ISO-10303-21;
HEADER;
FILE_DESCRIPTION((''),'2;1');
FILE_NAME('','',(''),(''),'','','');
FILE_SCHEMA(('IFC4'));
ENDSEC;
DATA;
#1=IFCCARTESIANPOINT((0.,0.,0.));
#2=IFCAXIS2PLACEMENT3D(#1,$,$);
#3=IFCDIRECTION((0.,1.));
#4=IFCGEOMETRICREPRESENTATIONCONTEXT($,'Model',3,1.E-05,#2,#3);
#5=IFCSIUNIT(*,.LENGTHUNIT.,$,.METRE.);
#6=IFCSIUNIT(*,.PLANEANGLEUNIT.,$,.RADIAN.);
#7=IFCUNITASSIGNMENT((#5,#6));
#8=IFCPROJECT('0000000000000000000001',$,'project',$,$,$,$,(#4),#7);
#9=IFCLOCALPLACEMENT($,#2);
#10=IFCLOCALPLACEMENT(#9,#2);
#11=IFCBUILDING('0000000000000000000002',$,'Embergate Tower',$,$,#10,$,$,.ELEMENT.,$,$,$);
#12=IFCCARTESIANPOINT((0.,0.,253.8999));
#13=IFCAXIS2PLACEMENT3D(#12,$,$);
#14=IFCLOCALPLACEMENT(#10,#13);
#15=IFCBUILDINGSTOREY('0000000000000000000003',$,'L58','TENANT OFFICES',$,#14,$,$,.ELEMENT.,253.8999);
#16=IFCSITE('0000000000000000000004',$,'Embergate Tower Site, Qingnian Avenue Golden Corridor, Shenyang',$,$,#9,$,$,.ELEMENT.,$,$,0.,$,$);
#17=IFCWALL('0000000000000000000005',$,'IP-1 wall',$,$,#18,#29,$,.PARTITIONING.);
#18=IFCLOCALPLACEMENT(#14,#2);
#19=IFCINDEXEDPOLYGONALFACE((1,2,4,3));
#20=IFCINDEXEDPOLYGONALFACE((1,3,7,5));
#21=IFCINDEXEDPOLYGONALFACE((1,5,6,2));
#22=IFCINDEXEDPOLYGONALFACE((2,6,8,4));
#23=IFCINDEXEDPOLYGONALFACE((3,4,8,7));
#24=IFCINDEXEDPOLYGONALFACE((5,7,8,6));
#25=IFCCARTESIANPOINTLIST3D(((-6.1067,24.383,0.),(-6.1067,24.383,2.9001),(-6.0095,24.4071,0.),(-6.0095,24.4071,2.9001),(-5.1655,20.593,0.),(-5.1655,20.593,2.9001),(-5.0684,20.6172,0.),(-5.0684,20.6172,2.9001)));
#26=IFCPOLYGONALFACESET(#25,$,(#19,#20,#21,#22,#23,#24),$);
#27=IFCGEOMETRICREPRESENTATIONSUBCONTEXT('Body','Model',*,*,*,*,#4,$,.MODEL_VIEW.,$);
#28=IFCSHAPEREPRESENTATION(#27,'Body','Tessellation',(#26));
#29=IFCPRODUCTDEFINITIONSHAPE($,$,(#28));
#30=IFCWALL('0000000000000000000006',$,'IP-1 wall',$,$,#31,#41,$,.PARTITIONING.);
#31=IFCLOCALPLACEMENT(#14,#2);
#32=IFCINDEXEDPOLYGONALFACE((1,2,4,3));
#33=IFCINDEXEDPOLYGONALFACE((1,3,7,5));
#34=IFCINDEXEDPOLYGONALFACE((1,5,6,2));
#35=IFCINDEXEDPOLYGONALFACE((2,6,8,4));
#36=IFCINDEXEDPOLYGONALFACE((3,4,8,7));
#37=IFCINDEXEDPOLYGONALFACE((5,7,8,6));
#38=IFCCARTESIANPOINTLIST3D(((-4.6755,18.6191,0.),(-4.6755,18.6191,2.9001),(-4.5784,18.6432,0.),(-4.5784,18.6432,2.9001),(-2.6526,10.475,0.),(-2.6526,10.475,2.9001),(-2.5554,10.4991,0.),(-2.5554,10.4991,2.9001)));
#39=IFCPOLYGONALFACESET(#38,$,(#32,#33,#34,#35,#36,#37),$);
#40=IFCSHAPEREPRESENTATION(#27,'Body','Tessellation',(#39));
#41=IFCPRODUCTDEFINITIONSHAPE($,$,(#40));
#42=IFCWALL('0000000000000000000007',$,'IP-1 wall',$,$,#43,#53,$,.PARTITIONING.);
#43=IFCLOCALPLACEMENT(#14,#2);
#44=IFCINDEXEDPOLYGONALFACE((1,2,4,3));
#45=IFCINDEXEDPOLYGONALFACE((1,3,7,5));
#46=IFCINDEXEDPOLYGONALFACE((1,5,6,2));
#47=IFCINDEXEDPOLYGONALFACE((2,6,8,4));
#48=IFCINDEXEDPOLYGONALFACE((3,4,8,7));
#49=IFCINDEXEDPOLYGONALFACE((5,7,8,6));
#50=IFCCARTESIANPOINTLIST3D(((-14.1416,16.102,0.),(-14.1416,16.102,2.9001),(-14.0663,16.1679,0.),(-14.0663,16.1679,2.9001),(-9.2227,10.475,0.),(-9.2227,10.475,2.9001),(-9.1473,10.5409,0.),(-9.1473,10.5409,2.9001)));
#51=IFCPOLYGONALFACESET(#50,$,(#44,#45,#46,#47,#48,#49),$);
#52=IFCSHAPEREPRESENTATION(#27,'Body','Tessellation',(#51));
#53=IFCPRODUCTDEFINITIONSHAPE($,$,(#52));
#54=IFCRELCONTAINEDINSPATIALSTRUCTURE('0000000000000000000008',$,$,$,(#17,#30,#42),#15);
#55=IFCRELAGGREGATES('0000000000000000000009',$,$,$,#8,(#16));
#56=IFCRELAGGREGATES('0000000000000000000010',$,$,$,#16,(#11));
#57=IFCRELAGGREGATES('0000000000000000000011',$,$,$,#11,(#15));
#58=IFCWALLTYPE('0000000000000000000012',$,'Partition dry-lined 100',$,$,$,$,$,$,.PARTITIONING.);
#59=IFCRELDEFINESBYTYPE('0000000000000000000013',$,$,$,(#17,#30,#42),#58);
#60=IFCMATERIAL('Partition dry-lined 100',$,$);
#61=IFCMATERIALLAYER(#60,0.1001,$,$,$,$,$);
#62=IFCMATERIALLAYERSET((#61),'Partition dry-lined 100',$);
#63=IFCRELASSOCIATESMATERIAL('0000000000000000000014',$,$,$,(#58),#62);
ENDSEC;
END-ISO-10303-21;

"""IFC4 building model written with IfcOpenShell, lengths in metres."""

from ifc_helpers import new_model, si_unit, direction, frame, frame_2d, origin, place, context, subcontext, project, spatial, rectangle, extrude, source, transform, mapped, material, layer, layer_set, type_object, element, save


model = new_model("IFC4")

# Units and contexts
model_context = context("Model", 3, precision=1e-05, world=origin(), true_north=direction((0.0, 1.0)))
body_context = subcontext(model_context, "Body", "Model", "MODEL_VIEW")
ifc_project = project(units=[si_unit("LENGTHUNIT", "METRE"), si_unit("PLANEANGLEUNIT", "RADIAN")], contexts=[model_context])

# Site, building, storey
site_placement = place(None, origin())
site = spatial("IfcSite", under=ifc_project, at=site_placement, Name="Embergate Tower Site, Qingnian Avenue Golden Corridor, Shenyang", CompositionType="ELEMENT", RefElevation=0.0)
building_placement = place(site_placement, origin())
building = spatial("IfcBuilding", under=site, at=building_placement, Name="Embergate Tower", CompositionType="ELEMENT")
storey_placement = place(building_placement, frame((0.0, 0.0, 253.8999)))
storey = spatial("IfcBuildingStorey", under=building, at=storey_placement, Name="L58", Description="TENANT OFFICES", CompositionType="ELEMENT", Elevation=253.8999)

# Walls
ifc_material_1 = material(Name="Partition dry-lined 100")
ifc_layer_1 = layer(ifc_material_1, 0.1001)
ifc_layer_set_1 = layer_set([ifc_layer_1], Name="Partition dry-lined 100")
wall_type_1 = type_object("IfcWallType", Name="Partition dry-lined 100", PredefinedType="PARTITIONING", material=ifc_layer_set_1)
shared_shape_1 = source(origin(), body_context, "Body", "SweptSolid", [
    extrude(rectangle(XDim=3.905, YDim=0.1001, at=frame_2d((1.9526, 0.0))), origin(), (0.0, 0.0, 1.0), 2.9001),
])
wall_1_placement = place(storey_placement, frame((-5.1169, 20.605, 0.0), z_axis=(0.0, 0.0, 1.0), x_axis=(-0.241005, 0.970524, 0.0)))
element("IfcWall", 1, at=wall_1_placement, inside=storey, type_object=wall_type_1, Name="IP-1 wall", PredefinedType="PARTITIONING", context=body_context, shape_type="MappedRepresentation", body=[
    mapped(shared_shape_1, transform((0.0, 0.0, 0.0))),
])
shared_shape_2 = source(origin(), body_context, "Body", "SweptSolid", [
    extrude(rectangle(XDim=8.3916, YDim=0.1001, at=frame_2d((4.1958, 0.0))), origin(), (0.0, 0.0, 1.0), 2.9001),
])
wall_2_placement = place(storey_placement, frame((-2.604, 10.4871, 0.0), z_axis=(0.0, 0.0, 1.0), x_axis=(-0.24107, 0.970508, 0.0)))
element("IfcWall", 2, at=wall_2_placement, inside=storey, type_object=wall_type_1, Name="IP-1 wall", PredefinedType="PARTITIONING", context=body_context, shape_type="MappedRepresentation", body=[
    mapped(shared_shape_2, transform((0.0, 0.0, 0.0))),
])
shared_shape_3 = source(origin(), body_context, "Body", "SweptSolid", [
    extrude(rectangle(XDim=7.4739, YDim=0.1001, at=frame_2d((3.7368, 0.0))), origin(), (0.0, 0.0, 1.0), 2.9001),
])
wall_3_placement = place(storey_placement, frame((-9.1851, 10.5081, 0.0), z_axis=(0.0, 0.0, 1.0), x_axis=(-0.658153, 0.752884, 0.0)))
element("IfcWall", 3, at=wall_3_placement, inside=storey, type_object=wall_type_1, Name="IP-1 wall", PredefinedType="PARTITIONING", context=body_context, shape_type="MappedRepresentation", body=[
    mapped(shared_shape_3, transform((0.0, 0.0, 0.0))),
])

save(model, "model.ifc")
